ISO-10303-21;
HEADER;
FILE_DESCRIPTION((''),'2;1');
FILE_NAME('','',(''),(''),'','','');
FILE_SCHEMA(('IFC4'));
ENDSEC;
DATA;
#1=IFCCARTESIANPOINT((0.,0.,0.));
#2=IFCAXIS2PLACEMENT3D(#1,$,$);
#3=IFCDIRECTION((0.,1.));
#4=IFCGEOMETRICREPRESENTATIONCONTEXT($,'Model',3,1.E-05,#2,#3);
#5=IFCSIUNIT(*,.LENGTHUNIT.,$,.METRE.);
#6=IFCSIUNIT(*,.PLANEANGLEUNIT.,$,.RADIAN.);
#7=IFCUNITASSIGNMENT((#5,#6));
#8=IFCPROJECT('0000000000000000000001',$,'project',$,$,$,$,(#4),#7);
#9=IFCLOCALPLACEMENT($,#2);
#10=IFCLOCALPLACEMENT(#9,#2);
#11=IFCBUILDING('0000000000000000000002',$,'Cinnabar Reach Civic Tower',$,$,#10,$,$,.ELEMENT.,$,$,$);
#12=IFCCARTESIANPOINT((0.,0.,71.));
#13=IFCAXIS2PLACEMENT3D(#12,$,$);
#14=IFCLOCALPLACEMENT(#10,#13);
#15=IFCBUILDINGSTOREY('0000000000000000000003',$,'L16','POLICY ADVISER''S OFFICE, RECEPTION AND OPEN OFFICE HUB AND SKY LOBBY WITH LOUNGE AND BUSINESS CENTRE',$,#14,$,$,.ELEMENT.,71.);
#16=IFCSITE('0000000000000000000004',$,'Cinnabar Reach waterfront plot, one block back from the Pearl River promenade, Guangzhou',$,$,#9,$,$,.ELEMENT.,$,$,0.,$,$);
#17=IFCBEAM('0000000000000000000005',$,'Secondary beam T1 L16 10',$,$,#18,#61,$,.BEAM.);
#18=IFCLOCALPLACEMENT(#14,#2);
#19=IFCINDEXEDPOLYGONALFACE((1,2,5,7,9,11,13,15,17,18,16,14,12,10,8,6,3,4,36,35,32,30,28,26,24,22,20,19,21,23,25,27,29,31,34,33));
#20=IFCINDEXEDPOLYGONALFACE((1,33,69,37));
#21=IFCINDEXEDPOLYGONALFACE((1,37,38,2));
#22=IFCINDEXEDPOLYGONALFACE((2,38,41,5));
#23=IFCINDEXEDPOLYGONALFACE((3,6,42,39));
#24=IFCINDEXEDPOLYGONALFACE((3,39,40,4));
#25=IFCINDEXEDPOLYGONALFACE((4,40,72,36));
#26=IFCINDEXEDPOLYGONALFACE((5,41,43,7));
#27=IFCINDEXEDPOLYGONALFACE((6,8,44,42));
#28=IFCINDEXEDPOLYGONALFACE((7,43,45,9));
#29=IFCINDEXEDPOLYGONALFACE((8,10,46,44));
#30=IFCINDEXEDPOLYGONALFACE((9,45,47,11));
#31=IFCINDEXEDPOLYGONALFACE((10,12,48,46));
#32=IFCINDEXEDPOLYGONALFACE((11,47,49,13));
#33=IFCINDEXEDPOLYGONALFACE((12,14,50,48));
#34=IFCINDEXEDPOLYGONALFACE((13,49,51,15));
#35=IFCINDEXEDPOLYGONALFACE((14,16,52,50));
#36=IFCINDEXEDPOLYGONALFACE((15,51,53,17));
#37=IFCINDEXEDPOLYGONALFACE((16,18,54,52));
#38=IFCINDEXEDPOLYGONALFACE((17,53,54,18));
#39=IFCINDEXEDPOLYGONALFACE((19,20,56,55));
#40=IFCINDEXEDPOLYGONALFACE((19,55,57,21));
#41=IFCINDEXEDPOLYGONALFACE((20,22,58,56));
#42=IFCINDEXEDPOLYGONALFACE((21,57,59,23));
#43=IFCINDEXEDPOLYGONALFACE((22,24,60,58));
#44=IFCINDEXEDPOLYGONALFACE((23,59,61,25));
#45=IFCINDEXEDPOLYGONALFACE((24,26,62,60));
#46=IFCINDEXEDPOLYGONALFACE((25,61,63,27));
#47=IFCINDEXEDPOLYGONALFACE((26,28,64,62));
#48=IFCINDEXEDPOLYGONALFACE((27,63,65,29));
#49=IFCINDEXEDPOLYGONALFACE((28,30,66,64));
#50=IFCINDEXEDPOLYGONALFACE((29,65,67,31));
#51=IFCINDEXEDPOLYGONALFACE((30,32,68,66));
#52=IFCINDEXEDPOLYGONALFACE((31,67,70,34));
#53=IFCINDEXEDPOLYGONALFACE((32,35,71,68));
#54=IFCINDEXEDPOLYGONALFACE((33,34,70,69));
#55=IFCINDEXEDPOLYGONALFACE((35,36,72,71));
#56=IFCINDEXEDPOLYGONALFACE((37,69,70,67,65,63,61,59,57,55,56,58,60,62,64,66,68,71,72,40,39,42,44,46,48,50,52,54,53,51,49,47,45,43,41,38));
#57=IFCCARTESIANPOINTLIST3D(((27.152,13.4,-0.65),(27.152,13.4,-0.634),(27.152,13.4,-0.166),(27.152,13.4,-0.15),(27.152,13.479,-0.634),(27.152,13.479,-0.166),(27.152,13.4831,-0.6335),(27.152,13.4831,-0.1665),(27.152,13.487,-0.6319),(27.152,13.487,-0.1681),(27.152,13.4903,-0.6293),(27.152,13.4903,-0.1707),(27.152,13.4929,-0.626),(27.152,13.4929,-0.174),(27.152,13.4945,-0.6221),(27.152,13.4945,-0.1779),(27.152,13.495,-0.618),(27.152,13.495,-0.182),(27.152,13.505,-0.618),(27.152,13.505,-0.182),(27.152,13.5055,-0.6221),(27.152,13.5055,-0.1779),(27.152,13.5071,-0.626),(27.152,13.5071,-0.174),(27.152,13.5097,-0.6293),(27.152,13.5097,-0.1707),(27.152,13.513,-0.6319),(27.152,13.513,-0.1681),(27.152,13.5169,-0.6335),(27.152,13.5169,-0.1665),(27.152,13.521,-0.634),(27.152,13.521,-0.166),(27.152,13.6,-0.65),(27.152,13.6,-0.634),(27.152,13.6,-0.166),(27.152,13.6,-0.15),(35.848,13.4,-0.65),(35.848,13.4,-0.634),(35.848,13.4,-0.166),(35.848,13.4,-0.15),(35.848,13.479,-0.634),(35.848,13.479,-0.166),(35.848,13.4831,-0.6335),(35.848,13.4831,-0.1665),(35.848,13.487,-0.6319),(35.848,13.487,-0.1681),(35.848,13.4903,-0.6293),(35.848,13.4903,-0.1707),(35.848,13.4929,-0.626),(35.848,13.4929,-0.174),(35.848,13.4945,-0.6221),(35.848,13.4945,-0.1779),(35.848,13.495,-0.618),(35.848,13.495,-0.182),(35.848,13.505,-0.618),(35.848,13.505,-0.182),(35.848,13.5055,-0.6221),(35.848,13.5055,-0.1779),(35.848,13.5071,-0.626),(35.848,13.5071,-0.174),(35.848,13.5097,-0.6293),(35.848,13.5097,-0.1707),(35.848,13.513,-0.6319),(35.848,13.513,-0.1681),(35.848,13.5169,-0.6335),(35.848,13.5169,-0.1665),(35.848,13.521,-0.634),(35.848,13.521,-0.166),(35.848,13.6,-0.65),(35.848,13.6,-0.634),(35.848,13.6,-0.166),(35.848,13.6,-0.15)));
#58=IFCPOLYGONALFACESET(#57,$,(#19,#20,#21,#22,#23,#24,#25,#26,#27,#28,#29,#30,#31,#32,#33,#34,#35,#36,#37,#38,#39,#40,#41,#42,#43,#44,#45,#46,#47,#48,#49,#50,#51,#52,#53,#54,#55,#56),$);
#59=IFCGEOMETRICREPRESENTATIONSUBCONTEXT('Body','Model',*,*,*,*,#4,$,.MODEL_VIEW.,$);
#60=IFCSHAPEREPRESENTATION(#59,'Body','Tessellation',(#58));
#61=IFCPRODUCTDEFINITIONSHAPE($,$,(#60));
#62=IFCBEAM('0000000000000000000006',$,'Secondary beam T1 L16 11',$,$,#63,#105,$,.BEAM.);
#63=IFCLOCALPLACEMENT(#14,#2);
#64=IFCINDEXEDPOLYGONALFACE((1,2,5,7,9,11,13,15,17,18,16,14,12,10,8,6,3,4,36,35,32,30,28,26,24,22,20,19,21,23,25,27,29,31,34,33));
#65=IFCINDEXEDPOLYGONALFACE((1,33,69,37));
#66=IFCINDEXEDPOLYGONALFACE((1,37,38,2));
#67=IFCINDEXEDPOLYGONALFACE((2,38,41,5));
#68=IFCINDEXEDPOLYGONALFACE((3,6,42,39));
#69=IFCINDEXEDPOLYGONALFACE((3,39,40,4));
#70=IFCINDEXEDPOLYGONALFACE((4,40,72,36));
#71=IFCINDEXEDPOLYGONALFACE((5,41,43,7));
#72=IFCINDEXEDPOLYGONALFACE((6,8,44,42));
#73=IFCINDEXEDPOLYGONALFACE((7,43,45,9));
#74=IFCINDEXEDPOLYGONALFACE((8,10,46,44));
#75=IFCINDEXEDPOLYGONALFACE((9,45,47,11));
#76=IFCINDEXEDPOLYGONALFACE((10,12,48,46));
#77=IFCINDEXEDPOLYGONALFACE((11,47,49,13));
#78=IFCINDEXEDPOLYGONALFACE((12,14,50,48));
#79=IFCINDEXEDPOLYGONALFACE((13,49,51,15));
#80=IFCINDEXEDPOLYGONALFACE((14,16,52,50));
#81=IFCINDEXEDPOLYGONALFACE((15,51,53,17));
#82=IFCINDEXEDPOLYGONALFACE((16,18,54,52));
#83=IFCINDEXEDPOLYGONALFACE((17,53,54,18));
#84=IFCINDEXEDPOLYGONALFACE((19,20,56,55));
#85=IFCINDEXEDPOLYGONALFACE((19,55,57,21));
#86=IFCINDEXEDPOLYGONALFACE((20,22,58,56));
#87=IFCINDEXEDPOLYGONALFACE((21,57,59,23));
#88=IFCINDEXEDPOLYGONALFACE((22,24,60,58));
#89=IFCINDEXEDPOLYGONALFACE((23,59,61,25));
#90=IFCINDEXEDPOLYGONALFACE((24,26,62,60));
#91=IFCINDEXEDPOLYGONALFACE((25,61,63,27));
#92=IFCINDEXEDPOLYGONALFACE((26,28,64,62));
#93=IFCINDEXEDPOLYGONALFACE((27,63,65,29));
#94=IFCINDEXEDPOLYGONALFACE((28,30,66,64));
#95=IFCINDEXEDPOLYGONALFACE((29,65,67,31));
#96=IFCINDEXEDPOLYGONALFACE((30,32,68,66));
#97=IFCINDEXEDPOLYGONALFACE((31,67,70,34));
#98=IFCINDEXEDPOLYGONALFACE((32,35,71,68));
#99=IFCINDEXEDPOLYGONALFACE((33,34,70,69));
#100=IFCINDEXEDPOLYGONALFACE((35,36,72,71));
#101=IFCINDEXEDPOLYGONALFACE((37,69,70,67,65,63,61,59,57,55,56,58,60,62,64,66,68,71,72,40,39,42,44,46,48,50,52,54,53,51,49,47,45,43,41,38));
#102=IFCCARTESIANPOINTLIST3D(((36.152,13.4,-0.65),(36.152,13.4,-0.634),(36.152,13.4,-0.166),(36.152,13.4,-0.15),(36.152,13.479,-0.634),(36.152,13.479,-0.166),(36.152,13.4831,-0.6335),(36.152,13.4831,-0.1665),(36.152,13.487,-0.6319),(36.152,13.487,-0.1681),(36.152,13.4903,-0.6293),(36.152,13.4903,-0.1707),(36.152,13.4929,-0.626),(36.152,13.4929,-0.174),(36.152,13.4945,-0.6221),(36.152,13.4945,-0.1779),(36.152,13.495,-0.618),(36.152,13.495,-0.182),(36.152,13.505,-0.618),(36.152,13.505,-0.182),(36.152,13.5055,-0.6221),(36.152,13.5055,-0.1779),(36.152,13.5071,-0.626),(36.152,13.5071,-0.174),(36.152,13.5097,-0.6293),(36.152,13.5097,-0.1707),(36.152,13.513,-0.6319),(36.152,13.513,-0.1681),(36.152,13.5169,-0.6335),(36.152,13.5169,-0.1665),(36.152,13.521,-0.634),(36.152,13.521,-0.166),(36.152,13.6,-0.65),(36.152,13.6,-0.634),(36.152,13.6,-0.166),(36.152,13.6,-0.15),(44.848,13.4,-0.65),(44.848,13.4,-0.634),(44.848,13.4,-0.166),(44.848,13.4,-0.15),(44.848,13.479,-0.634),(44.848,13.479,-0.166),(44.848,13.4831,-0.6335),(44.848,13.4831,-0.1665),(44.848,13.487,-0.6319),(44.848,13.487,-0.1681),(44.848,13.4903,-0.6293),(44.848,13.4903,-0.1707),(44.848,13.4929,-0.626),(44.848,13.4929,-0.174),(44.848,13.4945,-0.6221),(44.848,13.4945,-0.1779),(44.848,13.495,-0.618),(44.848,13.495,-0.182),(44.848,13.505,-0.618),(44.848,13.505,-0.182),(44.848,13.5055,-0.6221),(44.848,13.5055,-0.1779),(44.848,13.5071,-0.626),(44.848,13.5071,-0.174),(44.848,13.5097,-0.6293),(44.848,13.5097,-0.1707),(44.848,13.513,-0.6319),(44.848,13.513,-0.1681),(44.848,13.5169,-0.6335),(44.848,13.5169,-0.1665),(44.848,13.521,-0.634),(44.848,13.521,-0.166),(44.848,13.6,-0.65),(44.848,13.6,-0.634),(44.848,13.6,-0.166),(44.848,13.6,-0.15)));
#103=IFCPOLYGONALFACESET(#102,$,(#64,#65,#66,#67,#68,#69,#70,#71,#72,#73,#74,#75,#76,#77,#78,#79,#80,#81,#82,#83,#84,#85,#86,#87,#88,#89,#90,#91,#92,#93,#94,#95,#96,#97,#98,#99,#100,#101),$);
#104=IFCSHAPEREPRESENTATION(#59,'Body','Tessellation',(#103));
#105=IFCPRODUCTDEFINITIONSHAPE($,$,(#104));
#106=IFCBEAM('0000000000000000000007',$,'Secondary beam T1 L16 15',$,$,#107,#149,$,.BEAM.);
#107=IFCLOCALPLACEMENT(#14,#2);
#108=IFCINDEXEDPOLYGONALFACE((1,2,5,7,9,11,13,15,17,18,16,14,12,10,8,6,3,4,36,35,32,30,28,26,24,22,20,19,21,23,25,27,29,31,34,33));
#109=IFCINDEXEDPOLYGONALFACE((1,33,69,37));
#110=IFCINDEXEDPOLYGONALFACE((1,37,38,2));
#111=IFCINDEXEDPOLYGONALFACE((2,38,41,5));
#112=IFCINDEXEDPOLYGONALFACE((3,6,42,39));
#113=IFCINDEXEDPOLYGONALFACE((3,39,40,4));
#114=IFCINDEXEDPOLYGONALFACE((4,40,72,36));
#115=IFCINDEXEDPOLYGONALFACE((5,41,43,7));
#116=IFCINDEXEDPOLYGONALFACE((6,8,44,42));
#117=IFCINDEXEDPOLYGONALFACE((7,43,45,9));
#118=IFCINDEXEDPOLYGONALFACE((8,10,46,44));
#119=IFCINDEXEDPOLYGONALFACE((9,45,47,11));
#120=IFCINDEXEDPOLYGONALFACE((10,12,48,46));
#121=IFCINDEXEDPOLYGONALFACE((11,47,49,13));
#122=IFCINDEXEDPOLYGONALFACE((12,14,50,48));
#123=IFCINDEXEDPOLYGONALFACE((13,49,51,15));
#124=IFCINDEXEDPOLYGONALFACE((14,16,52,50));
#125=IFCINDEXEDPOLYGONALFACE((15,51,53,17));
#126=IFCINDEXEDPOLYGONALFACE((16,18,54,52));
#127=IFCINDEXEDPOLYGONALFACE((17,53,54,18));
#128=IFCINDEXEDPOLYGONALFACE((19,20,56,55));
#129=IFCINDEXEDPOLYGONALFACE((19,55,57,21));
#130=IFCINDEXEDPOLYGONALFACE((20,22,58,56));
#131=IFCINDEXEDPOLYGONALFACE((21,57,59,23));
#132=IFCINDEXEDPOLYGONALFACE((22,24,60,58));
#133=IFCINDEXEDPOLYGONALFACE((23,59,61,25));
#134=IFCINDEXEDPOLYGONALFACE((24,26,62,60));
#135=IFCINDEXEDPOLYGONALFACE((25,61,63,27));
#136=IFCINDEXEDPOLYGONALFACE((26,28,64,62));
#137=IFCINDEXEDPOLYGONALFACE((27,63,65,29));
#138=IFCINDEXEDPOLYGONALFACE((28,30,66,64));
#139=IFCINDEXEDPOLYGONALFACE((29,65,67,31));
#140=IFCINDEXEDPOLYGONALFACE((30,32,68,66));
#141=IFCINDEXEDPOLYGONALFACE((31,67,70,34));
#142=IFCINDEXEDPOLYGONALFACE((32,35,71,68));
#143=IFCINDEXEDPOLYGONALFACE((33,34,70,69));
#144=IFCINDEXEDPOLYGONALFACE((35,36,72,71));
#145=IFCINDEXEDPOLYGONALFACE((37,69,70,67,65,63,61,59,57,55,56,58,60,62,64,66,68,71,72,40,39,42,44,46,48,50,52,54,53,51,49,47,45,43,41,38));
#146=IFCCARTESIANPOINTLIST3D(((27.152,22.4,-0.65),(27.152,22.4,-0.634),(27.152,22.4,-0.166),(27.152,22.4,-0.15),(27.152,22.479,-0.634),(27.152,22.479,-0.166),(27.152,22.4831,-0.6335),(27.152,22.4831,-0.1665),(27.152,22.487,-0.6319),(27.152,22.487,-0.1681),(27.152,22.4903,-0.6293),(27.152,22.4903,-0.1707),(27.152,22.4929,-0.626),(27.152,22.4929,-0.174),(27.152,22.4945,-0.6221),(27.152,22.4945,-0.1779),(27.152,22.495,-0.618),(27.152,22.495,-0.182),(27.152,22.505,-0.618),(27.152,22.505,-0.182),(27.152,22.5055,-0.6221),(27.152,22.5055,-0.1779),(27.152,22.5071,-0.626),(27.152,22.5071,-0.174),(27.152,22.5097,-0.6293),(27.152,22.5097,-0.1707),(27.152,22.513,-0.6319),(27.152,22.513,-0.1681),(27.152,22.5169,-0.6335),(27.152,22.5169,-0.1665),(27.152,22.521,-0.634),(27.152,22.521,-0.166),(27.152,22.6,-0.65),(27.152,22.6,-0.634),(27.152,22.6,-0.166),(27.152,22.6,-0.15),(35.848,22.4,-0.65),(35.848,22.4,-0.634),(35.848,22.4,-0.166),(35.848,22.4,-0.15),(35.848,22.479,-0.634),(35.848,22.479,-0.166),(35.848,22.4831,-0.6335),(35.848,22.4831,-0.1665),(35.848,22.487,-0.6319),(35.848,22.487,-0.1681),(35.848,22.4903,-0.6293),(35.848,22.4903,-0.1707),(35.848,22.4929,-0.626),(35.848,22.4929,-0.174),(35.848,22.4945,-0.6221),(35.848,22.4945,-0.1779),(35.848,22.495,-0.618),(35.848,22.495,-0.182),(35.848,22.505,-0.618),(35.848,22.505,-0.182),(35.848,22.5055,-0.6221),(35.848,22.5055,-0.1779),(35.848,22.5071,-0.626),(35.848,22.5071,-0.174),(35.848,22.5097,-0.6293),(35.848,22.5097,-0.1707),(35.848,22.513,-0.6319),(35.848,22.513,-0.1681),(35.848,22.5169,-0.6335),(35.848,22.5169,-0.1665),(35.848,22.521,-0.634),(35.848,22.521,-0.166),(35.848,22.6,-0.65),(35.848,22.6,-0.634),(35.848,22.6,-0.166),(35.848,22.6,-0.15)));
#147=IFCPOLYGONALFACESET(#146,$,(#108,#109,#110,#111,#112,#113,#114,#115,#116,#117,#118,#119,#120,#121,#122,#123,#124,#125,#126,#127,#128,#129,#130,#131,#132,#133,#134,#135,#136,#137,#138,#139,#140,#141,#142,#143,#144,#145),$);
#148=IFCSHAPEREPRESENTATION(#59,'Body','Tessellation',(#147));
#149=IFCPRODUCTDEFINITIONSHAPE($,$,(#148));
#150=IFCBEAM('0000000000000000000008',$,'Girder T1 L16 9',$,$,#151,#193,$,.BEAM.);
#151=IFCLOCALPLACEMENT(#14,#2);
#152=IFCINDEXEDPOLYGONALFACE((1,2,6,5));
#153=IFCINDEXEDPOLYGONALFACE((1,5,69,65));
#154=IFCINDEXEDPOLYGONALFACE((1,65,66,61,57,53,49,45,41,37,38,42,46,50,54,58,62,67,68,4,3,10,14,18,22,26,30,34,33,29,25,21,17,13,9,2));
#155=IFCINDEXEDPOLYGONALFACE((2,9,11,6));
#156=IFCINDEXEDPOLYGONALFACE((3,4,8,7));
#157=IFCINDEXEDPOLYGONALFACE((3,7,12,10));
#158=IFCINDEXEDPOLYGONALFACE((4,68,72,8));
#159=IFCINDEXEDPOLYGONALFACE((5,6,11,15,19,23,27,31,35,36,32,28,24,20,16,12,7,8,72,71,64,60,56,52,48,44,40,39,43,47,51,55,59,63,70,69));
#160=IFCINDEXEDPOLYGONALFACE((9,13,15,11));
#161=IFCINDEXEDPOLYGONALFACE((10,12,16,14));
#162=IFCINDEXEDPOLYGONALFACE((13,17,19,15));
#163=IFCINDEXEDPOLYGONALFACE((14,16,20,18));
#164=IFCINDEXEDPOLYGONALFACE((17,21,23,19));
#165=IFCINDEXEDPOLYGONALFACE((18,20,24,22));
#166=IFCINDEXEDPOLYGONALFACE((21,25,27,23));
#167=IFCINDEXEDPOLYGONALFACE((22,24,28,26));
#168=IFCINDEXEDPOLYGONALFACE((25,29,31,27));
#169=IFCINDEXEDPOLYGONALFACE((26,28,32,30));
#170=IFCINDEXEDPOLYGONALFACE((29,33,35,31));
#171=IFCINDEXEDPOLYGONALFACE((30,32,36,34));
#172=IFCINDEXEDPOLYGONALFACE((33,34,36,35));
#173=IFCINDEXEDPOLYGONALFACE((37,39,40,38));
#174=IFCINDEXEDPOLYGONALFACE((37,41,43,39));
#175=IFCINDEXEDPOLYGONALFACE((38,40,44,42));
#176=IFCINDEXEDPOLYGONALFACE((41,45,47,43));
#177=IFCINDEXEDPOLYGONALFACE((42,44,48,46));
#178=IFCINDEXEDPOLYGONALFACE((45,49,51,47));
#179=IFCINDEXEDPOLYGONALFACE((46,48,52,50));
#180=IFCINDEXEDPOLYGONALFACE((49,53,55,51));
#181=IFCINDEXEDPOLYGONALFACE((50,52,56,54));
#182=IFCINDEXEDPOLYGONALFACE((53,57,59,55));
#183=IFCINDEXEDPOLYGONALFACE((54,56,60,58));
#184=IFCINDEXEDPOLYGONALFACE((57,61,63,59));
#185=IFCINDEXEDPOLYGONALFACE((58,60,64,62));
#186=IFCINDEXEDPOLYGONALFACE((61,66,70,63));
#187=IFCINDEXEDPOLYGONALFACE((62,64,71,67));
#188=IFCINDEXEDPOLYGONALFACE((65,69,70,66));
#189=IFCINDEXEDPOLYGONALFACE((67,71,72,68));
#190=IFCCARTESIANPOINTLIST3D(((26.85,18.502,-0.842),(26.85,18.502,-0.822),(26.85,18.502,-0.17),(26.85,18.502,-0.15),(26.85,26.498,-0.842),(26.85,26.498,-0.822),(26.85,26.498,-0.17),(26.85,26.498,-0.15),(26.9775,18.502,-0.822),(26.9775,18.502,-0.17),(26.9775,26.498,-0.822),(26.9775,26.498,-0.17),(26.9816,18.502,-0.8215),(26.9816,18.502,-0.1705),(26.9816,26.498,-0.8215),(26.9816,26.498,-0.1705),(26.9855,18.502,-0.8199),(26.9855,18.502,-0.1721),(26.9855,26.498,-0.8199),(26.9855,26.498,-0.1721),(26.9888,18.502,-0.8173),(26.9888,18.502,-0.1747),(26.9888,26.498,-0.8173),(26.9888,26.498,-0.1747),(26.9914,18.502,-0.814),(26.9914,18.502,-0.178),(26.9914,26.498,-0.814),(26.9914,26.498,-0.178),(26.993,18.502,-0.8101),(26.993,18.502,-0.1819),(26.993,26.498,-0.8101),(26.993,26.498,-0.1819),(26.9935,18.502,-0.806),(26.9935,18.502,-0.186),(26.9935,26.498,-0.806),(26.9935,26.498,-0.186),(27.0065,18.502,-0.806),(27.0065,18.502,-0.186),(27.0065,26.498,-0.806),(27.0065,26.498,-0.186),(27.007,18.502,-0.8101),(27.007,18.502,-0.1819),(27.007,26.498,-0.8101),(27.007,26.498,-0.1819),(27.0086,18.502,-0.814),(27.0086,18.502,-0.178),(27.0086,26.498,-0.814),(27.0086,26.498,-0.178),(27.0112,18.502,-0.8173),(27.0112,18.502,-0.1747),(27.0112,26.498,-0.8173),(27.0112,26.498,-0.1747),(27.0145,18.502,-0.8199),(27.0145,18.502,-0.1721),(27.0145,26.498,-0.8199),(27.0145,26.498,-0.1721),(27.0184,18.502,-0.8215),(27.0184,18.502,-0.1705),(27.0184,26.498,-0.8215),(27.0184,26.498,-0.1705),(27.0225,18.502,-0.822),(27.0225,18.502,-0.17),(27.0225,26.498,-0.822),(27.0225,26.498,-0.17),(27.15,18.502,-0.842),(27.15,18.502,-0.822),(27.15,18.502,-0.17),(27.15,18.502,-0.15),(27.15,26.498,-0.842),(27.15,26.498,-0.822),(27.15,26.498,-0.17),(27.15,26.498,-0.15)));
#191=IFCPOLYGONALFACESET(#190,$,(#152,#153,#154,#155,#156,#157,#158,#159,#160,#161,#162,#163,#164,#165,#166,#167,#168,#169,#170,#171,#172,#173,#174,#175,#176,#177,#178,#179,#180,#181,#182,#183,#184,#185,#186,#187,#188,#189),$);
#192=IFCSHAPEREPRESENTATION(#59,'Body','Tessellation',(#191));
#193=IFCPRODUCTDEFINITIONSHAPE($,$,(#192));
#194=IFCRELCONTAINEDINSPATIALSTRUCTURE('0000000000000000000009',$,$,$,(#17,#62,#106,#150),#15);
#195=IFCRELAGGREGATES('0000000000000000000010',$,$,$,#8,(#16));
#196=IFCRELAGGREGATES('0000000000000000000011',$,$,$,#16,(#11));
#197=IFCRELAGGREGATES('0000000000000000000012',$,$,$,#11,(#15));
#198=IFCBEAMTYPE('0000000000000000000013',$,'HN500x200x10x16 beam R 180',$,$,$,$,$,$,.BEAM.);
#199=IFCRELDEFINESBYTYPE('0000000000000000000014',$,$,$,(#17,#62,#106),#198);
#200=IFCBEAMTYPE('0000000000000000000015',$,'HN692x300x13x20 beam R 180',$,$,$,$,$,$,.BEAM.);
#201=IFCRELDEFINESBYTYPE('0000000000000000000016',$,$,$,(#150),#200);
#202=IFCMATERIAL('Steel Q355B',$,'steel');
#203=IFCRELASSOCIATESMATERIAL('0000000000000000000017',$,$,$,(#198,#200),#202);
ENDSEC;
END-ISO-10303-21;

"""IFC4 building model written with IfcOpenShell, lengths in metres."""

from ifc_helpers import new_model, si_unit, direction, frame, origin, origin_2d, place, context, subcontext, project, spatial, i_section, extrude, material, material_profile, profile_set, type_object, element, save


model = new_model("IFC4")

# Units and contexts
model_context = context("Model", 3, precision=1e-05, world=origin(), true_north=direction((0.0, 1.0)))
body_context = subcontext(model_context, "Body", "Model", "MODEL_VIEW")
ifc_project = project(units=[si_unit("LENGTHUNIT", "METRE"), si_unit("PLANEANGLEUNIT", "RADIAN")], contexts=[model_context])

# Site, building, storey
site_placement = place(None, origin())
site = spatial("IfcSite", under=ifc_project, at=site_placement, Name="Cinnabar Reach waterfront plot, one block back from the Pearl River promenade, Guangzhou", CompositionType="ELEMENT", RefElevation=0.0)
building_placement = place(site_placement, origin())
building = spatial("IfcBuilding", under=site, at=building_placement, Name="Cinnabar Reach Civic Tower", CompositionType="ELEMENT")
storey_placement = place(building_placement, frame((0.0, 0.0, 71.0)))
storey = spatial("IfcBuildingStorey", under=building, at=storey_placement, Name="L16", Description="POLICY ADVISER'S OFFICE, RECEPTION AND OPEN OFFICE HUB AND SKY LOBBY WITH LOUNGE AND BUSINESS CENTRE", CompositionType="ELEMENT", Elevation=71.0)

# Beams
ifc_material_1 = material(Name="Steel Q355B", Category="steel")
ifc_material_profile_1 = material_profile(ifc_material_1, i_section(OverallWidth=0.2, OverallDepth=0.5, WebThickness=0.01, FlangeThickness=0.016, FilletRadius=0.016, at=origin_2d()), Name="HN500x200x10x16")
ifc_profile_set_1 = profile_set([ifc_material_profile_1], Name="Steel Q355B")
beam_type_1 = type_object("IfcBeamType", Name="HN500x200x10x16 beam R 180", PredefinedType="BEAM", material=ifc_profile_set_1)
for number, where, z_axis, x_axis, name in (
    (1, (27.152, 13.5, -0.4), (1.0, 0.0, 0.0), (0.0, 1.0, 0.0), "Secondary beam T1 L16 10"),
    (2, (36.152, 13.5, -0.4), (1.0, 0.0, 0.0), (0.0, 1.0, 0.0), "Secondary beam T1 L16 11"),
    (3, (27.152, 22.5, -0.4), (1.0, 0.0, 0.0), (0.0, 1.0, 0.0), "Secondary beam T1 L16 15"),
):
    element("IfcBeam", number, at=place(storey_placement, frame(where, z_axis=z_axis, x_axis=x_axis)), inside=storey, type_object=beam_type_1, Name=name, PredefinedType="BEAM", context=body_context, shape_type="SweptSolid", body=[
        extrude(i_section(OverallWidth=0.2, OverallDepth=0.5, WebThickness=0.01, FlangeThickness=0.016, FilletRadius=0.016, at=origin_2d()), origin(), (0.0, 0.0, 1.0), 8.696),
    ])
ifc_material_profile_2 = material_profile(ifc_material_1, i_section(OverallWidth=0.3, OverallDepth=0.692, WebThickness=0.013, FlangeThickness=0.02, FilletRadius=0.016, at=origin_2d()), Name="HN692x300x13x20")
ifc_profile_set_2 = profile_set([ifc_material_profile_2], Name="Steel Q355B")
beam_type_2 = type_object("IfcBeamType", Name="HN692x300x13x20 beam R 180", PredefinedType="BEAM", material=ifc_profile_set_2)
for number, where, z_axis, x_axis, name in (
    (4, (27.0, 18.502, -0.496), (0.0, 1.0, 0.0), (-1.0, 0.0, 0.0), "Girder T1 L16 9"),
):
    element("IfcBeam", number, at=place(storey_placement, frame(where, z_axis=z_axis, x_axis=x_axis)), inside=storey, type_object=beam_type_2, Name=name, PredefinedType="BEAM", context=body_context, shape_type="SweptSolid", body=[
        extrude(i_section(OverallWidth=0.3, OverallDepth=0.692, WebThickness=0.013, FlangeThickness=0.02, FilletRadius=0.016, at=origin_2d()), origin(), (0.0, 0.0, 1.0), 7.996),
    ])

save(model, "model.ifc")
